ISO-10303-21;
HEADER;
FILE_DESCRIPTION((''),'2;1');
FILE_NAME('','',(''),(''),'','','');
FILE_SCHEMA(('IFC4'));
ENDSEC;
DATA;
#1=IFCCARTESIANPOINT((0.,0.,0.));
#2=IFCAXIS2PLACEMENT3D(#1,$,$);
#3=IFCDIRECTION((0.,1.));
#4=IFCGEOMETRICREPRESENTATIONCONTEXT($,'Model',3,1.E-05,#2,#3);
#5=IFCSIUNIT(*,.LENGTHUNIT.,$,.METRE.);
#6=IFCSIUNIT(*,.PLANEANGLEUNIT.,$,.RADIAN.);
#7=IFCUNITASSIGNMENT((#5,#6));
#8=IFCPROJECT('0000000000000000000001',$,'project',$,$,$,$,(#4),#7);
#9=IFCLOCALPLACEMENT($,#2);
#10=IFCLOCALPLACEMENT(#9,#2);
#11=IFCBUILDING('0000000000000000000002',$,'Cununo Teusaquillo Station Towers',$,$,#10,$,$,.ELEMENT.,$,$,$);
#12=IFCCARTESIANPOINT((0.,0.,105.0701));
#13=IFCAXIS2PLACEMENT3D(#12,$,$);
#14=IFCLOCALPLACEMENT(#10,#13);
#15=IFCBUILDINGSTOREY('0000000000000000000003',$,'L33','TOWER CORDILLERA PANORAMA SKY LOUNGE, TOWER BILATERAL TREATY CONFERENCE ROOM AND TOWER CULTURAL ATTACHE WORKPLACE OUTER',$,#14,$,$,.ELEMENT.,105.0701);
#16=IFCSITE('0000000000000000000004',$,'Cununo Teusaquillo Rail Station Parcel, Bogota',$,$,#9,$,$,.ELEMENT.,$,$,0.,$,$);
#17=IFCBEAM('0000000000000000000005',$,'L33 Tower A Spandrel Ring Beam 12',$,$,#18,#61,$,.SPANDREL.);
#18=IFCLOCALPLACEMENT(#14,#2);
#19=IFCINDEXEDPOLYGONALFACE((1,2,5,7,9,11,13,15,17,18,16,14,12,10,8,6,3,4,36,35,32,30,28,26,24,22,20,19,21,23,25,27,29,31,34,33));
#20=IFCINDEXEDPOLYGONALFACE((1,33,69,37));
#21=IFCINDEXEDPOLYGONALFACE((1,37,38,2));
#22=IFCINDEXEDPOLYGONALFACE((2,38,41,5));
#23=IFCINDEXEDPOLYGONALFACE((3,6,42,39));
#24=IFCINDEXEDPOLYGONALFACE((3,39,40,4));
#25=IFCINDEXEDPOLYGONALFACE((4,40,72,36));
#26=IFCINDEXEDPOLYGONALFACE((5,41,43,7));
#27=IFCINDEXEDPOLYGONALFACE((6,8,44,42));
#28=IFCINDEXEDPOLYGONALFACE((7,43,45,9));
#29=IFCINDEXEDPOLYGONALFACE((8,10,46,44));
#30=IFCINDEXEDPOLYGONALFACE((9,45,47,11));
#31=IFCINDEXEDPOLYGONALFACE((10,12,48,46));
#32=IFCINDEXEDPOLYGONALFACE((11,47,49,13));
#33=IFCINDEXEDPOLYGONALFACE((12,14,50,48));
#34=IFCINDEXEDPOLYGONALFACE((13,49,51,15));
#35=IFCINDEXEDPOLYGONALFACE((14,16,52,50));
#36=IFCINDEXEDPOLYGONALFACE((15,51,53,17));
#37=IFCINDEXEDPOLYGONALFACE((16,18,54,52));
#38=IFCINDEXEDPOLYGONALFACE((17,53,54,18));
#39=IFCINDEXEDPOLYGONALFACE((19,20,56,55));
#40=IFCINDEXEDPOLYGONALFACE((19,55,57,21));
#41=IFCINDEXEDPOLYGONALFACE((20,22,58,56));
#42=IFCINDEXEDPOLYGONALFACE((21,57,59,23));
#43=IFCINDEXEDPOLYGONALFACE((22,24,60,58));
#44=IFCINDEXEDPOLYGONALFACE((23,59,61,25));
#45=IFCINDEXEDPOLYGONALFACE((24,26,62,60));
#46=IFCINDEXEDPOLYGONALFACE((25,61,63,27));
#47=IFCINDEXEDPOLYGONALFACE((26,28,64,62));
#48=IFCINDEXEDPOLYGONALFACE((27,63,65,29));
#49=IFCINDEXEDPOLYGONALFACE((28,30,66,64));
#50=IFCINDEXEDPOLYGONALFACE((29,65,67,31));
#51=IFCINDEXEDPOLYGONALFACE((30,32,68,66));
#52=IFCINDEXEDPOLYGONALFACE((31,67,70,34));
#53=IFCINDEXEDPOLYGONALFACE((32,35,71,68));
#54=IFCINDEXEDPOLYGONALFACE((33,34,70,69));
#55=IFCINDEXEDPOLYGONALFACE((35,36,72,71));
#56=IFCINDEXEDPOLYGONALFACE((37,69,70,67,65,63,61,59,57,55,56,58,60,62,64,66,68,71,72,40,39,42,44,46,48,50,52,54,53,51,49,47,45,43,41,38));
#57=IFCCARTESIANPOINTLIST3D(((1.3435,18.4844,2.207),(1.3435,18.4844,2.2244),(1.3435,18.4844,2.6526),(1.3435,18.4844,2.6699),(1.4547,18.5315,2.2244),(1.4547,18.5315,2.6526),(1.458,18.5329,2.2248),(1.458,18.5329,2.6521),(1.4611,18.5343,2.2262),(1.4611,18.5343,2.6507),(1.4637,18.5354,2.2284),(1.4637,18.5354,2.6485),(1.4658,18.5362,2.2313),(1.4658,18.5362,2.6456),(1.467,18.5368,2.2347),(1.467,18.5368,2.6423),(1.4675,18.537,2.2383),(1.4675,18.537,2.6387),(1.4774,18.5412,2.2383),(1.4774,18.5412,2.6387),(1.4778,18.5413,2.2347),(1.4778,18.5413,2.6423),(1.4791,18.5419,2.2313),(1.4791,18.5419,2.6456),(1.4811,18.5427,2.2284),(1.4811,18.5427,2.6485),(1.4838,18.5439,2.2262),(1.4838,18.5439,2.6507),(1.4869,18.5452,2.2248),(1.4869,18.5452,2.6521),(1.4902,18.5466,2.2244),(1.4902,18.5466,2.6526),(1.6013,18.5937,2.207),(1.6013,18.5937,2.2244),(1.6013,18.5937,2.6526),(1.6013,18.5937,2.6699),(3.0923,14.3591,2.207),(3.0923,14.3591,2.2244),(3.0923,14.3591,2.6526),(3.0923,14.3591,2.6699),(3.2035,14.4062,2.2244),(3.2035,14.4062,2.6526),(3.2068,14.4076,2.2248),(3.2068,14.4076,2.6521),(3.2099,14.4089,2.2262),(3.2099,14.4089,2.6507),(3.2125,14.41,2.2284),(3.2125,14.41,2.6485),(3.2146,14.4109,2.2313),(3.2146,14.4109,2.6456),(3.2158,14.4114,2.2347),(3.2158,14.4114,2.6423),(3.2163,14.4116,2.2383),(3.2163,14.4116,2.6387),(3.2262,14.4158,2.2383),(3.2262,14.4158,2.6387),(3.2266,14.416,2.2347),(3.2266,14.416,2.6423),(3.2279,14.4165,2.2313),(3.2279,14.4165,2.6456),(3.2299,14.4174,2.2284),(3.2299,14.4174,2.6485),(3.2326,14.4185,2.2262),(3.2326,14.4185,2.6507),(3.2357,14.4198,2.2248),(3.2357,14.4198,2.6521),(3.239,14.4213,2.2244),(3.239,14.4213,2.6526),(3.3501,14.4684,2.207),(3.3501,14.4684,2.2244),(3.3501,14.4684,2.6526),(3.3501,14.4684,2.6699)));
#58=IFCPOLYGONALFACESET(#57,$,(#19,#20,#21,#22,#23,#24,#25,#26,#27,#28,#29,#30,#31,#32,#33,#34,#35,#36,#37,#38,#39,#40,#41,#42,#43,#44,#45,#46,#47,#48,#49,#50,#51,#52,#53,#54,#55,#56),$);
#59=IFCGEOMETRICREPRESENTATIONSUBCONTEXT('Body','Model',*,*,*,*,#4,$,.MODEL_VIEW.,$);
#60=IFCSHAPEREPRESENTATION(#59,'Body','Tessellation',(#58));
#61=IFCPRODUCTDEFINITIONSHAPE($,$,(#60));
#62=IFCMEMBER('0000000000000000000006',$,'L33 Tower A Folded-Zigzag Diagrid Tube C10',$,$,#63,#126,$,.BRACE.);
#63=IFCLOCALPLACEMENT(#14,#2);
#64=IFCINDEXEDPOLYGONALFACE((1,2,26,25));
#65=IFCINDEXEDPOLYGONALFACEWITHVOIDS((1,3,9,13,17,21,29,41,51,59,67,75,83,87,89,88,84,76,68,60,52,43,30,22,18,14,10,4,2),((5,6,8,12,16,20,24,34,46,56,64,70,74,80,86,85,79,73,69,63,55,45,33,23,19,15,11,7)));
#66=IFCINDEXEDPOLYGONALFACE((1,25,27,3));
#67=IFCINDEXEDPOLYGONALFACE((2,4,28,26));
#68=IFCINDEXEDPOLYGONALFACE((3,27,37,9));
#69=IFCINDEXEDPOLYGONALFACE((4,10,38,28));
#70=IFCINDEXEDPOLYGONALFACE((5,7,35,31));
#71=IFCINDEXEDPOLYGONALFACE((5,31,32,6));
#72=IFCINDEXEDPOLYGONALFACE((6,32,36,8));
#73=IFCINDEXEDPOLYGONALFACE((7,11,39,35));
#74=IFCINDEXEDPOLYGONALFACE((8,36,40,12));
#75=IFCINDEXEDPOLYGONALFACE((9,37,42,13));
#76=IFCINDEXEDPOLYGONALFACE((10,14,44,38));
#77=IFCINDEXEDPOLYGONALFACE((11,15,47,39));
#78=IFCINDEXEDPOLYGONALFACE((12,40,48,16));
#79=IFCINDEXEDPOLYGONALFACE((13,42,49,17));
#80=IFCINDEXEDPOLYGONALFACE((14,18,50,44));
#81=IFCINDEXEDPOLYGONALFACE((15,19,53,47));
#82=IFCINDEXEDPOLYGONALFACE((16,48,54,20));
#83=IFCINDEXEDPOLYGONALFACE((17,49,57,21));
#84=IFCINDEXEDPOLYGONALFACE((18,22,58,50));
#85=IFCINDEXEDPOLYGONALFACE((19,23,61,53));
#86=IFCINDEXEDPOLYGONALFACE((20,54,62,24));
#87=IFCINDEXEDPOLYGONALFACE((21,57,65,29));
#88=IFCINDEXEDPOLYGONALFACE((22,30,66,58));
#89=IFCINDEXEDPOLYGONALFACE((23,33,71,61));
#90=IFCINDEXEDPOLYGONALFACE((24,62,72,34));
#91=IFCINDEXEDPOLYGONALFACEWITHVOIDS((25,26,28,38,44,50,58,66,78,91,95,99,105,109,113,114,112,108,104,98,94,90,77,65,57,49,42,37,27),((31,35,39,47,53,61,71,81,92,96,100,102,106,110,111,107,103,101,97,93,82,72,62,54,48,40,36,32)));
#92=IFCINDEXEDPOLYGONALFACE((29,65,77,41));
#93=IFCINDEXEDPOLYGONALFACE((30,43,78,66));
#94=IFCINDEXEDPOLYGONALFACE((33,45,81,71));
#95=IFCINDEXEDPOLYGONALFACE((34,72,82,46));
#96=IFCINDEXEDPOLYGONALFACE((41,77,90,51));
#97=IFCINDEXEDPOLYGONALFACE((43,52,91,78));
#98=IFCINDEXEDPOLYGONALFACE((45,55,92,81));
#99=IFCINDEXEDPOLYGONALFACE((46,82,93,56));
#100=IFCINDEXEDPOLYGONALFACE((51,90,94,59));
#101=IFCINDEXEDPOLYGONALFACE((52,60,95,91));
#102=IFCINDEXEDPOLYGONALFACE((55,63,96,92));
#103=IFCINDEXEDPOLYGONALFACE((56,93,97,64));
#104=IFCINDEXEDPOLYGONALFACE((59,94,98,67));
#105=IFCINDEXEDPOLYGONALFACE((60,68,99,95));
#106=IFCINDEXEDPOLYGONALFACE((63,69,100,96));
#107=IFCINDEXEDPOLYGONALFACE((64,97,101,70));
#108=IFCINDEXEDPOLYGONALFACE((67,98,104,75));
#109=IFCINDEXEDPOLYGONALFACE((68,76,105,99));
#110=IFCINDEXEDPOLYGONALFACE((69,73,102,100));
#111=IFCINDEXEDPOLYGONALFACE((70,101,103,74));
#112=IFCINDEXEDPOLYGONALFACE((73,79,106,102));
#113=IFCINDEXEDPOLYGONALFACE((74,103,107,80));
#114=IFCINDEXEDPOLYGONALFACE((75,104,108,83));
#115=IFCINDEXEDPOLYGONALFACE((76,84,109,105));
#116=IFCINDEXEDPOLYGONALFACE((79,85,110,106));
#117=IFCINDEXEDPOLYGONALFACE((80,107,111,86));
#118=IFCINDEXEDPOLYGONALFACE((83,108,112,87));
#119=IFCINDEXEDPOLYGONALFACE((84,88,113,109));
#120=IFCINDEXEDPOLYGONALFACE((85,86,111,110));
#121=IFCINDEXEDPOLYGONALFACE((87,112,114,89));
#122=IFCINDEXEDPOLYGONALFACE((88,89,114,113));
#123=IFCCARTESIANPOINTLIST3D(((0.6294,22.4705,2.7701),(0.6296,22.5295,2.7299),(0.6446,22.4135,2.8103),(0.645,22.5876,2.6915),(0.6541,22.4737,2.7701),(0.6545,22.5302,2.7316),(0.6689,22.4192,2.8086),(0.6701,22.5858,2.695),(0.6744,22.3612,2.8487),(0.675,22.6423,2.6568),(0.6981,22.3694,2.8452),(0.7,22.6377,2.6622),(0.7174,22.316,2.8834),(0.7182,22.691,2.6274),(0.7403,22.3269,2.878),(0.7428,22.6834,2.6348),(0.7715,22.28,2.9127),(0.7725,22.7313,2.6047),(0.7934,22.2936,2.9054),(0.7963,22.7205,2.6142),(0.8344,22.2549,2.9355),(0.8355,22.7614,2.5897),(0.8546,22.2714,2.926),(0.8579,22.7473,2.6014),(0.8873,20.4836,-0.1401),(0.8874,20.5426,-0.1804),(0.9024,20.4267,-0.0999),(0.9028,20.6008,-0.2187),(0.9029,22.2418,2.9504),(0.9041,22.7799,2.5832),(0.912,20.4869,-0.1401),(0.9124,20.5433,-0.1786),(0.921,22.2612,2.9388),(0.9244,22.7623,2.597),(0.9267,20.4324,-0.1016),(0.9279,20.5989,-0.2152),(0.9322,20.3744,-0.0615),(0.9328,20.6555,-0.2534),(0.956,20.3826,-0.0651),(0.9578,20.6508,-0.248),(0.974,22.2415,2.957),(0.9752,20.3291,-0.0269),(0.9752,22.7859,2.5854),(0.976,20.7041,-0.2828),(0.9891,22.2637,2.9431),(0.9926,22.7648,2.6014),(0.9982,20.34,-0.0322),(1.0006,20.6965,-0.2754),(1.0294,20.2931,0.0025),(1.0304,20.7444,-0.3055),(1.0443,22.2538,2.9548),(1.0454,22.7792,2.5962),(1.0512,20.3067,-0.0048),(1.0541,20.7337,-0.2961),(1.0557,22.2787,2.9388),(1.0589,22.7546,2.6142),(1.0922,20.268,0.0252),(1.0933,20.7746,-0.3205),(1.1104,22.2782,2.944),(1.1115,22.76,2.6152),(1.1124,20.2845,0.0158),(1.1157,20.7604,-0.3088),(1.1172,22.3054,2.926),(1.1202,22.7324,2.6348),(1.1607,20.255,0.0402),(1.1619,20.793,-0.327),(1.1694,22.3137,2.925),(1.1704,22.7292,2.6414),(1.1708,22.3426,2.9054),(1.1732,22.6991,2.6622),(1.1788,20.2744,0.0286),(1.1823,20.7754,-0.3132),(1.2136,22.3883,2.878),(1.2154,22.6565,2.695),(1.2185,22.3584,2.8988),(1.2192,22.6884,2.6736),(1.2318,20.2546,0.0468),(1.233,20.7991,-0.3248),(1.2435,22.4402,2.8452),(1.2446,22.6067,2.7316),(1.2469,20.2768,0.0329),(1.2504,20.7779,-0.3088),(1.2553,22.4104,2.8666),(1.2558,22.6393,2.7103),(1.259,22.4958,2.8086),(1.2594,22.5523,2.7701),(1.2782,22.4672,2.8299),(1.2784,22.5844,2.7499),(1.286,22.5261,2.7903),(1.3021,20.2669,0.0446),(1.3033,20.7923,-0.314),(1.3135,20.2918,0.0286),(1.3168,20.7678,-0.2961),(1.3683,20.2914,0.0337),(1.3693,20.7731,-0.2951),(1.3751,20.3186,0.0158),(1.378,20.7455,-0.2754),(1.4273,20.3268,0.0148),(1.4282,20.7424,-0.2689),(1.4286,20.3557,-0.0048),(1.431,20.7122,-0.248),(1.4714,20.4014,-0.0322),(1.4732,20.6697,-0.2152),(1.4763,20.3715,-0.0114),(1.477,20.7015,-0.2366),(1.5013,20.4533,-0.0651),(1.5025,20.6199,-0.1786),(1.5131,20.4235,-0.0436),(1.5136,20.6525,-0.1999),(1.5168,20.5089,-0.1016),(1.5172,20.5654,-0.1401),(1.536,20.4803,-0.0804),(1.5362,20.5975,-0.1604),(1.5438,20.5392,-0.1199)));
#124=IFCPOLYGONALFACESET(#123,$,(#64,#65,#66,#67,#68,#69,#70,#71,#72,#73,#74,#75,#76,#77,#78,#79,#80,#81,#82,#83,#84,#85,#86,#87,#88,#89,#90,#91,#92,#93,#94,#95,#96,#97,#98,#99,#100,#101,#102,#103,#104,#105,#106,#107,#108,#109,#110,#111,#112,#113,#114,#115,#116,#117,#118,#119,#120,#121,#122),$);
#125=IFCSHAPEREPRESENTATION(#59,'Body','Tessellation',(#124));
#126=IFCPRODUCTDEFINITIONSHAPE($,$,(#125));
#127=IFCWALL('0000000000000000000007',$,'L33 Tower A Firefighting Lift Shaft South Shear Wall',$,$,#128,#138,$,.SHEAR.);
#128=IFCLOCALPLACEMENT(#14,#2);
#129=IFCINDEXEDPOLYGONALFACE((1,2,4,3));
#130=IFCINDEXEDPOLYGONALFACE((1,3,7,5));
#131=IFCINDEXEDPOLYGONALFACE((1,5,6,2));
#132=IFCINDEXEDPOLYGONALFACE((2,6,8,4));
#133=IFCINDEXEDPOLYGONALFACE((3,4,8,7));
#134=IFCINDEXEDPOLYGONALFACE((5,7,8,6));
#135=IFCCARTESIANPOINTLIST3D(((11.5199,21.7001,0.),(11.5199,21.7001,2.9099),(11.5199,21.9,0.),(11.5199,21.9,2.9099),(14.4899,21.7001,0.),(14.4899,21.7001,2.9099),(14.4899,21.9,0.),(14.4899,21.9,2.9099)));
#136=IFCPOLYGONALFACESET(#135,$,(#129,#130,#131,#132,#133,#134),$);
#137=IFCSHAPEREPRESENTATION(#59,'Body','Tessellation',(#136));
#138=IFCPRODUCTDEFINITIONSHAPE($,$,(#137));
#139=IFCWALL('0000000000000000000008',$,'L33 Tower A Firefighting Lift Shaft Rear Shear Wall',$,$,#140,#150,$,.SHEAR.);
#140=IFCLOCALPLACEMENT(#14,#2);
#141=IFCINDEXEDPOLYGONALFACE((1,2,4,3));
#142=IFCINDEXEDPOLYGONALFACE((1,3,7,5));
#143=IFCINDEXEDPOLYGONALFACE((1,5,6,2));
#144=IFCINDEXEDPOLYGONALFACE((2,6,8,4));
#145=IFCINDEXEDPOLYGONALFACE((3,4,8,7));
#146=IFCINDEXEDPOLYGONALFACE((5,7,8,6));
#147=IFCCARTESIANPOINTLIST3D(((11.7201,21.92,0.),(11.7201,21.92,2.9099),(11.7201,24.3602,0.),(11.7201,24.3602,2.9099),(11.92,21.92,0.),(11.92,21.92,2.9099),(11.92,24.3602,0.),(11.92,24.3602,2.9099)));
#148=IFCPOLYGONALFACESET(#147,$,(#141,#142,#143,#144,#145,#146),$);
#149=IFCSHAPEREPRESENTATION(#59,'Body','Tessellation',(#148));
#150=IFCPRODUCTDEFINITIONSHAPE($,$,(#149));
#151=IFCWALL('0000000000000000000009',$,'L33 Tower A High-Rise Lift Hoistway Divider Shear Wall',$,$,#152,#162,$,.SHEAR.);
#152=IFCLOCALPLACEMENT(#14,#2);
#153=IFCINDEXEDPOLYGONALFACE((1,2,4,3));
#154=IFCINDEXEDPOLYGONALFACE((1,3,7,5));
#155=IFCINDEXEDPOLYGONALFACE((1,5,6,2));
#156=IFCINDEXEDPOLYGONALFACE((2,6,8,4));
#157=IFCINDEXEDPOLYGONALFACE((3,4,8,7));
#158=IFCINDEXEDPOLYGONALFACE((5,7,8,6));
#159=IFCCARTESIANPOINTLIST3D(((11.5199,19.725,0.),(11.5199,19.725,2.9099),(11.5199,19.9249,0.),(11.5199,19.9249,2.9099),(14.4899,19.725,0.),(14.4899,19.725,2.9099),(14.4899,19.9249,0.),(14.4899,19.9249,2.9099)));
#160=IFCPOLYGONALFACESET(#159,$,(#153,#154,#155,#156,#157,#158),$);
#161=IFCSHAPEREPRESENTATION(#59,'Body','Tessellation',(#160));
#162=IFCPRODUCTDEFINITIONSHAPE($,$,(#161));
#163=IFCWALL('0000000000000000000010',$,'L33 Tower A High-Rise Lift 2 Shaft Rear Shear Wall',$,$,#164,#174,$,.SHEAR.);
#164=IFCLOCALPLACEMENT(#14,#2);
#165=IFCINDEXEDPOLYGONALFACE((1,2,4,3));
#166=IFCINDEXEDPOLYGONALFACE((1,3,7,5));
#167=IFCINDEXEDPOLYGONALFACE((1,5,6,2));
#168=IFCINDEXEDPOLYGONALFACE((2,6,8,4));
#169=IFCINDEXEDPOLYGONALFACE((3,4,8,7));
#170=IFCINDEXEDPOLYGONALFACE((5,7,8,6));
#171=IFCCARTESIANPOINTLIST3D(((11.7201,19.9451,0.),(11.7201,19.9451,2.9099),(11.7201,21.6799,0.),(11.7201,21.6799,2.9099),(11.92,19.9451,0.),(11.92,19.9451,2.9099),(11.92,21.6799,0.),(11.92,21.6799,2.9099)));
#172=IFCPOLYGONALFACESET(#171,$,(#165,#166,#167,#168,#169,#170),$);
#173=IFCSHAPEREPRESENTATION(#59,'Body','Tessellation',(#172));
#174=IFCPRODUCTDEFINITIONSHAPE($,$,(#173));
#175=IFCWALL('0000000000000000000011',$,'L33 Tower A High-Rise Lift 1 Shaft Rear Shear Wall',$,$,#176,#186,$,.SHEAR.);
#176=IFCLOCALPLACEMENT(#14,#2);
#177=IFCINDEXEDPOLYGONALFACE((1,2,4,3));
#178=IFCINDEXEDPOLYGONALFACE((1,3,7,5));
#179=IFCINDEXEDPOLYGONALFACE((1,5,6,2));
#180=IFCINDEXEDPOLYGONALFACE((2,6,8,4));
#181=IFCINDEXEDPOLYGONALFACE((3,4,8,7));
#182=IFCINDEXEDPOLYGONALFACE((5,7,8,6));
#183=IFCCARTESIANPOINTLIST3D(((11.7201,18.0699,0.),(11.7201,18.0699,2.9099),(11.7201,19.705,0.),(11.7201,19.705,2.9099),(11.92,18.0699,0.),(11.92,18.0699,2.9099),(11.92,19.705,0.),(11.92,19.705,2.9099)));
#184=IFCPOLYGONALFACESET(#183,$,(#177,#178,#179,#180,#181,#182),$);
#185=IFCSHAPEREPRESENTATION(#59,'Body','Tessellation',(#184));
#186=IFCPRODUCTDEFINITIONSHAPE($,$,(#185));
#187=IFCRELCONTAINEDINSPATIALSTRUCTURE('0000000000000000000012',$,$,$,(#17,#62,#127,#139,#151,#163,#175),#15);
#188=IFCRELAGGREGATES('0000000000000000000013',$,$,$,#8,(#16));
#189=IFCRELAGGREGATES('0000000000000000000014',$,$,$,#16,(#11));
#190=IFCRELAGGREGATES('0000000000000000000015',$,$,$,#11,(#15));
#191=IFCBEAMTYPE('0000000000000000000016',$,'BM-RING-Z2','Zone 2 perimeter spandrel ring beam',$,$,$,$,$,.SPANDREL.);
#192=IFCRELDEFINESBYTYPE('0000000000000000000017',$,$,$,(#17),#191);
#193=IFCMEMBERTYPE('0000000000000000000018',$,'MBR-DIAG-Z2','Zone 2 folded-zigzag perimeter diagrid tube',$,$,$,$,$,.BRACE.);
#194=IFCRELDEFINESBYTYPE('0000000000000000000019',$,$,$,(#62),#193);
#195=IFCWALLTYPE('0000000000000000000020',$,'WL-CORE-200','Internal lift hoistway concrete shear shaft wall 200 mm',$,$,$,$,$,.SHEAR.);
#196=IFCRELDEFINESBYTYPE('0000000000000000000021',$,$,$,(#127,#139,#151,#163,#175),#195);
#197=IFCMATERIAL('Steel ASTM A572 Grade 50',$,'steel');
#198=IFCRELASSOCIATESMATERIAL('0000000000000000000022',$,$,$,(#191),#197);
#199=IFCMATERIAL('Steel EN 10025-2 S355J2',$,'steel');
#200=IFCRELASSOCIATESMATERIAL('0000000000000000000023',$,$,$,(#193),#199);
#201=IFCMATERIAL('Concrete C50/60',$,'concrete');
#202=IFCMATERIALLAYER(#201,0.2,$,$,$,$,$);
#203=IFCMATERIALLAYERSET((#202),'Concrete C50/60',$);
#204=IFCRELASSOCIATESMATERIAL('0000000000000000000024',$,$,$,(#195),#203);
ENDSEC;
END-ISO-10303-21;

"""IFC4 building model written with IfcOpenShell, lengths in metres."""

from ifc_helpers import new_model, si_unit, direction, frame, frame_2d, origin, origin_2d, place, context, subcontext, project, spatial, rectangle, hollow_circle, i_section, extrude, material, layer, layer_set, material_profile, profile_set, type_object, element, save


model = new_model("IFC4")

# Units and contexts
model_context = context("Model", 3, precision=1e-05, world=origin(), true_north=direction((0.0, 1.0)))
body_context = subcontext(model_context, "Body", "Model", "MODEL_VIEW")
ifc_project = project(units=[si_unit("LENGTHUNIT", "METRE"), si_unit("PLANEANGLEUNIT", "RADIAN")], contexts=[model_context])

# Site, building, storey
site_placement = place(None, origin())
site = spatial("IfcSite", under=ifc_project, at=site_placement, Name="Cununo Teusaquillo Rail Station Parcel, Bogota", CompositionType="ELEMENT", RefElevation=0.0)
building_placement = place(site_placement, origin())
building = spatial("IfcBuilding", under=site, at=building_placement, Name="Cununo Teusaquillo Station Towers", CompositionType="ELEMENT")
storey_placement = place(building_placement, frame((0.0, 0.0, 105.0701)))
storey = spatial("IfcBuildingStorey", under=building, at=storey_placement, Name="L33", Description="TOWER CORDILLERA PANORAMA SKY LOUNGE, TOWER BILATERAL TREATY CONFERENCE ROOM AND TOWER CULTURAL ATTACHE WORKPLACE OUTER", CompositionType="ELEMENT", Elevation=105.0701)

# Beam
ifc_material_1 = material(Name="Steel ASTM A572 Grade 50", Category="steel")
ifc_material_profile_1 = material_profile(ifc_material_1, i_section(OverallWidth=0.28, OverallDepth=0.4629, WebThickness=0.0107, FlangeThickness=0.0173, FilletRadius=0.0139, at=origin_2d()), Name="W18X76")
ifc_profile_set_1 = profile_set([ifc_material_profile_1], Name="Steel ASTM A572 Grade 50")
beam_type_1 = type_object("IfcBeamType", Name="BM-RING-Z2", Description="Zone 2 perimeter spandrel ring beam", PredefinedType="SPANDREL", material=ifc_profile_set_1)
beam_1_placement = place(storey_placement, frame((1.4724, 18.5391, 2.4385), z_axis=(0.390299, -0.920688, 0.0), x_axis=(0.920688, 0.390299, 0.0)))
element("IfcBeam", 1, at=beam_1_placement, inside=storey, type_object=beam_type_1, Name="L33 Tower A Spandrel Ring Beam 12", PredefinedType="SPANDREL", context=body_context, shape_type="SweptSolid", body=[
    extrude(i_section(OverallWidth=0.28, OverallDepth=0.4629, WebThickness=0.0107, FlangeThickness=0.0173, FilletRadius=0.0139, at=origin_2d()), origin(), (0.0, 0.0, 1.0), 4.4807),
])

# Member
ifc_material_2 = material(Name="Steel EN 10025-2 S355J2", Category="steel")
ifc_material_profile_2 = material_profile(ifc_material_2, hollow_circle(Radius=0.3301, WallThickness=0.0249, at=origin_2d()), Name="CHS 660x25")
ifc_profile_set_2 = profile_set([ifc_material_profile_2], Name="Steel EN 10025-2 S355J2")
member_type = type_object("IfcMemberType", Name="MBR-DIAG-Z2", Description="Zone 2 folded-zigzag perimeter diagrid tube", PredefinedType="BRACE", material=ifc_profile_set_2)
member_placement = place(storey_placement, frame((1.2146, 20.5261, -0.1401), z_axis=(-0.07297, 0.562341, 0.82368), x_axis=(-0.991686, -0.128683, 0.0)))
element("IfcMember", 2, at=member_placement, inside=storey, type_object=member_type, Name="L33 Tower A Folded-Zigzag Diagrid Tube C10", PredefinedType="BRACE", context=body_context, shape_type="SweptSolid", body=[
    extrude(hollow_circle(Radius=0.3301, WallThickness=0.0249, at=origin_2d()), origin(), (0.0, 0.0, 1.0), 3.5332),
])

# Walls
ifc_material_3 = material(Name="Concrete C50/60", Category="concrete")
ifc_layer_1 = layer(ifc_material_3, 0.2)
ifc_layer_set_1 = layer_set([ifc_layer_1], Name="Concrete C50/60")
wall_type_1 = type_object("IfcWallType", Name="WL-CORE-200", Description="Internal lift hoistway concrete shear shaft wall 200 mm", PredefinedType="SHEAR", material=ifc_layer_set_1)
wall_1_placement = place(storey_placement, frame((11.52, 21.8, 0.0), z_axis=(0.0, 0.0, 1.0), x_axis=(1.0, 0.0, 0.0)))
element("IfcWall", 3, at=wall_1_placement, inside=storey, type_object=wall_type_1, Name="L33 Tower A Firefighting Lift Shaft South Shear Wall", PredefinedType="SHEAR", context=body_context, shape_type="SweptSolid", body=[
    extrude(rectangle(XDim=2.97, YDim=0.2, at=frame_2d((1.4849, 0.0))), origin(), (0.0, 0.0, 1.0), 2.9099),
])
wall_2_placement = place(storey_placement, frame((11.8201, 21.9199, 0.0), z_axis=(0.0, 0.0, 1.0), x_axis=(0.0, 1.0, 0.0)))
element("IfcWall", 4, at=wall_2_placement, inside=storey, type_object=wall_type_1, Name="L33 Tower A Firefighting Lift Shaft Rear Shear Wall", PredefinedType="SHEAR", context=body_context, shape_type="SweptSolid", body=[
    extrude(rectangle(XDim=2.4402, YDim=0.2, at=frame_2d((1.2202, 0.0))), origin(), (0.0, 0.0, 1.0), 2.9099),
])
wall_3_placement = place(storey_placement, frame((11.52, 19.825, 0.0), z_axis=(0.0, 0.0, 1.0), x_axis=(1.0, 0.0, 0.0)))
element("IfcWall", 5, at=wall_3_placement, inside=storey, type_object=wall_type_1, Name="L33 Tower A High-Rise Lift Hoistway Divider Shear Wall", PredefinedType="SHEAR", context=body_context, shape_type="SweptSolid", body=[
    extrude(rectangle(XDim=2.97, YDim=0.2, at=frame_2d((1.4849, 0.0))), origin(), (0.0, 0.0, 1.0), 2.9099),
])
wall_4_placement = place(storey_placement, frame((11.8201, 19.9451, 0.0), z_axis=(0.0, 0.0, 1.0), x_axis=(0.0, 1.0, 0.0)))
element("IfcWall", 6, at=wall_4_placement, inside=storey, type_object=wall_type_1, Name="L33 Tower A High-Rise Lift 2 Shaft Rear Shear Wall", PredefinedType="SHEAR", context=body_context, shape_type="SweptSolid", body=[
    extrude(rectangle(XDim=1.7349, YDim=0.2, at=frame_2d((0.8674, 0.0))), origin(), (0.0, 0.0, 1.0), 2.9099),
])
wall_5_placement = place(storey_placement, frame((11.8201, 18.0701, 0.0), z_axis=(0.0, 0.0, 1.0), x_axis=(0.0, 1.0, 0.0)))
element("IfcWall", 7, at=wall_5_placement, inside=storey, type_object=wall_type_1, Name="L33 Tower A High-Rise Lift 1 Shaft Rear Shear Wall", PredefinedType="SHEAR", context=body_context, shape_type="SweptSolid", body=[
    extrude(rectangle(XDim=1.635, YDim=0.2, at=frame_2d((0.8174, 0.0))), origin(), (0.0, 0.0, 1.0), 2.9099),
])

save(model, "model.ifc")
